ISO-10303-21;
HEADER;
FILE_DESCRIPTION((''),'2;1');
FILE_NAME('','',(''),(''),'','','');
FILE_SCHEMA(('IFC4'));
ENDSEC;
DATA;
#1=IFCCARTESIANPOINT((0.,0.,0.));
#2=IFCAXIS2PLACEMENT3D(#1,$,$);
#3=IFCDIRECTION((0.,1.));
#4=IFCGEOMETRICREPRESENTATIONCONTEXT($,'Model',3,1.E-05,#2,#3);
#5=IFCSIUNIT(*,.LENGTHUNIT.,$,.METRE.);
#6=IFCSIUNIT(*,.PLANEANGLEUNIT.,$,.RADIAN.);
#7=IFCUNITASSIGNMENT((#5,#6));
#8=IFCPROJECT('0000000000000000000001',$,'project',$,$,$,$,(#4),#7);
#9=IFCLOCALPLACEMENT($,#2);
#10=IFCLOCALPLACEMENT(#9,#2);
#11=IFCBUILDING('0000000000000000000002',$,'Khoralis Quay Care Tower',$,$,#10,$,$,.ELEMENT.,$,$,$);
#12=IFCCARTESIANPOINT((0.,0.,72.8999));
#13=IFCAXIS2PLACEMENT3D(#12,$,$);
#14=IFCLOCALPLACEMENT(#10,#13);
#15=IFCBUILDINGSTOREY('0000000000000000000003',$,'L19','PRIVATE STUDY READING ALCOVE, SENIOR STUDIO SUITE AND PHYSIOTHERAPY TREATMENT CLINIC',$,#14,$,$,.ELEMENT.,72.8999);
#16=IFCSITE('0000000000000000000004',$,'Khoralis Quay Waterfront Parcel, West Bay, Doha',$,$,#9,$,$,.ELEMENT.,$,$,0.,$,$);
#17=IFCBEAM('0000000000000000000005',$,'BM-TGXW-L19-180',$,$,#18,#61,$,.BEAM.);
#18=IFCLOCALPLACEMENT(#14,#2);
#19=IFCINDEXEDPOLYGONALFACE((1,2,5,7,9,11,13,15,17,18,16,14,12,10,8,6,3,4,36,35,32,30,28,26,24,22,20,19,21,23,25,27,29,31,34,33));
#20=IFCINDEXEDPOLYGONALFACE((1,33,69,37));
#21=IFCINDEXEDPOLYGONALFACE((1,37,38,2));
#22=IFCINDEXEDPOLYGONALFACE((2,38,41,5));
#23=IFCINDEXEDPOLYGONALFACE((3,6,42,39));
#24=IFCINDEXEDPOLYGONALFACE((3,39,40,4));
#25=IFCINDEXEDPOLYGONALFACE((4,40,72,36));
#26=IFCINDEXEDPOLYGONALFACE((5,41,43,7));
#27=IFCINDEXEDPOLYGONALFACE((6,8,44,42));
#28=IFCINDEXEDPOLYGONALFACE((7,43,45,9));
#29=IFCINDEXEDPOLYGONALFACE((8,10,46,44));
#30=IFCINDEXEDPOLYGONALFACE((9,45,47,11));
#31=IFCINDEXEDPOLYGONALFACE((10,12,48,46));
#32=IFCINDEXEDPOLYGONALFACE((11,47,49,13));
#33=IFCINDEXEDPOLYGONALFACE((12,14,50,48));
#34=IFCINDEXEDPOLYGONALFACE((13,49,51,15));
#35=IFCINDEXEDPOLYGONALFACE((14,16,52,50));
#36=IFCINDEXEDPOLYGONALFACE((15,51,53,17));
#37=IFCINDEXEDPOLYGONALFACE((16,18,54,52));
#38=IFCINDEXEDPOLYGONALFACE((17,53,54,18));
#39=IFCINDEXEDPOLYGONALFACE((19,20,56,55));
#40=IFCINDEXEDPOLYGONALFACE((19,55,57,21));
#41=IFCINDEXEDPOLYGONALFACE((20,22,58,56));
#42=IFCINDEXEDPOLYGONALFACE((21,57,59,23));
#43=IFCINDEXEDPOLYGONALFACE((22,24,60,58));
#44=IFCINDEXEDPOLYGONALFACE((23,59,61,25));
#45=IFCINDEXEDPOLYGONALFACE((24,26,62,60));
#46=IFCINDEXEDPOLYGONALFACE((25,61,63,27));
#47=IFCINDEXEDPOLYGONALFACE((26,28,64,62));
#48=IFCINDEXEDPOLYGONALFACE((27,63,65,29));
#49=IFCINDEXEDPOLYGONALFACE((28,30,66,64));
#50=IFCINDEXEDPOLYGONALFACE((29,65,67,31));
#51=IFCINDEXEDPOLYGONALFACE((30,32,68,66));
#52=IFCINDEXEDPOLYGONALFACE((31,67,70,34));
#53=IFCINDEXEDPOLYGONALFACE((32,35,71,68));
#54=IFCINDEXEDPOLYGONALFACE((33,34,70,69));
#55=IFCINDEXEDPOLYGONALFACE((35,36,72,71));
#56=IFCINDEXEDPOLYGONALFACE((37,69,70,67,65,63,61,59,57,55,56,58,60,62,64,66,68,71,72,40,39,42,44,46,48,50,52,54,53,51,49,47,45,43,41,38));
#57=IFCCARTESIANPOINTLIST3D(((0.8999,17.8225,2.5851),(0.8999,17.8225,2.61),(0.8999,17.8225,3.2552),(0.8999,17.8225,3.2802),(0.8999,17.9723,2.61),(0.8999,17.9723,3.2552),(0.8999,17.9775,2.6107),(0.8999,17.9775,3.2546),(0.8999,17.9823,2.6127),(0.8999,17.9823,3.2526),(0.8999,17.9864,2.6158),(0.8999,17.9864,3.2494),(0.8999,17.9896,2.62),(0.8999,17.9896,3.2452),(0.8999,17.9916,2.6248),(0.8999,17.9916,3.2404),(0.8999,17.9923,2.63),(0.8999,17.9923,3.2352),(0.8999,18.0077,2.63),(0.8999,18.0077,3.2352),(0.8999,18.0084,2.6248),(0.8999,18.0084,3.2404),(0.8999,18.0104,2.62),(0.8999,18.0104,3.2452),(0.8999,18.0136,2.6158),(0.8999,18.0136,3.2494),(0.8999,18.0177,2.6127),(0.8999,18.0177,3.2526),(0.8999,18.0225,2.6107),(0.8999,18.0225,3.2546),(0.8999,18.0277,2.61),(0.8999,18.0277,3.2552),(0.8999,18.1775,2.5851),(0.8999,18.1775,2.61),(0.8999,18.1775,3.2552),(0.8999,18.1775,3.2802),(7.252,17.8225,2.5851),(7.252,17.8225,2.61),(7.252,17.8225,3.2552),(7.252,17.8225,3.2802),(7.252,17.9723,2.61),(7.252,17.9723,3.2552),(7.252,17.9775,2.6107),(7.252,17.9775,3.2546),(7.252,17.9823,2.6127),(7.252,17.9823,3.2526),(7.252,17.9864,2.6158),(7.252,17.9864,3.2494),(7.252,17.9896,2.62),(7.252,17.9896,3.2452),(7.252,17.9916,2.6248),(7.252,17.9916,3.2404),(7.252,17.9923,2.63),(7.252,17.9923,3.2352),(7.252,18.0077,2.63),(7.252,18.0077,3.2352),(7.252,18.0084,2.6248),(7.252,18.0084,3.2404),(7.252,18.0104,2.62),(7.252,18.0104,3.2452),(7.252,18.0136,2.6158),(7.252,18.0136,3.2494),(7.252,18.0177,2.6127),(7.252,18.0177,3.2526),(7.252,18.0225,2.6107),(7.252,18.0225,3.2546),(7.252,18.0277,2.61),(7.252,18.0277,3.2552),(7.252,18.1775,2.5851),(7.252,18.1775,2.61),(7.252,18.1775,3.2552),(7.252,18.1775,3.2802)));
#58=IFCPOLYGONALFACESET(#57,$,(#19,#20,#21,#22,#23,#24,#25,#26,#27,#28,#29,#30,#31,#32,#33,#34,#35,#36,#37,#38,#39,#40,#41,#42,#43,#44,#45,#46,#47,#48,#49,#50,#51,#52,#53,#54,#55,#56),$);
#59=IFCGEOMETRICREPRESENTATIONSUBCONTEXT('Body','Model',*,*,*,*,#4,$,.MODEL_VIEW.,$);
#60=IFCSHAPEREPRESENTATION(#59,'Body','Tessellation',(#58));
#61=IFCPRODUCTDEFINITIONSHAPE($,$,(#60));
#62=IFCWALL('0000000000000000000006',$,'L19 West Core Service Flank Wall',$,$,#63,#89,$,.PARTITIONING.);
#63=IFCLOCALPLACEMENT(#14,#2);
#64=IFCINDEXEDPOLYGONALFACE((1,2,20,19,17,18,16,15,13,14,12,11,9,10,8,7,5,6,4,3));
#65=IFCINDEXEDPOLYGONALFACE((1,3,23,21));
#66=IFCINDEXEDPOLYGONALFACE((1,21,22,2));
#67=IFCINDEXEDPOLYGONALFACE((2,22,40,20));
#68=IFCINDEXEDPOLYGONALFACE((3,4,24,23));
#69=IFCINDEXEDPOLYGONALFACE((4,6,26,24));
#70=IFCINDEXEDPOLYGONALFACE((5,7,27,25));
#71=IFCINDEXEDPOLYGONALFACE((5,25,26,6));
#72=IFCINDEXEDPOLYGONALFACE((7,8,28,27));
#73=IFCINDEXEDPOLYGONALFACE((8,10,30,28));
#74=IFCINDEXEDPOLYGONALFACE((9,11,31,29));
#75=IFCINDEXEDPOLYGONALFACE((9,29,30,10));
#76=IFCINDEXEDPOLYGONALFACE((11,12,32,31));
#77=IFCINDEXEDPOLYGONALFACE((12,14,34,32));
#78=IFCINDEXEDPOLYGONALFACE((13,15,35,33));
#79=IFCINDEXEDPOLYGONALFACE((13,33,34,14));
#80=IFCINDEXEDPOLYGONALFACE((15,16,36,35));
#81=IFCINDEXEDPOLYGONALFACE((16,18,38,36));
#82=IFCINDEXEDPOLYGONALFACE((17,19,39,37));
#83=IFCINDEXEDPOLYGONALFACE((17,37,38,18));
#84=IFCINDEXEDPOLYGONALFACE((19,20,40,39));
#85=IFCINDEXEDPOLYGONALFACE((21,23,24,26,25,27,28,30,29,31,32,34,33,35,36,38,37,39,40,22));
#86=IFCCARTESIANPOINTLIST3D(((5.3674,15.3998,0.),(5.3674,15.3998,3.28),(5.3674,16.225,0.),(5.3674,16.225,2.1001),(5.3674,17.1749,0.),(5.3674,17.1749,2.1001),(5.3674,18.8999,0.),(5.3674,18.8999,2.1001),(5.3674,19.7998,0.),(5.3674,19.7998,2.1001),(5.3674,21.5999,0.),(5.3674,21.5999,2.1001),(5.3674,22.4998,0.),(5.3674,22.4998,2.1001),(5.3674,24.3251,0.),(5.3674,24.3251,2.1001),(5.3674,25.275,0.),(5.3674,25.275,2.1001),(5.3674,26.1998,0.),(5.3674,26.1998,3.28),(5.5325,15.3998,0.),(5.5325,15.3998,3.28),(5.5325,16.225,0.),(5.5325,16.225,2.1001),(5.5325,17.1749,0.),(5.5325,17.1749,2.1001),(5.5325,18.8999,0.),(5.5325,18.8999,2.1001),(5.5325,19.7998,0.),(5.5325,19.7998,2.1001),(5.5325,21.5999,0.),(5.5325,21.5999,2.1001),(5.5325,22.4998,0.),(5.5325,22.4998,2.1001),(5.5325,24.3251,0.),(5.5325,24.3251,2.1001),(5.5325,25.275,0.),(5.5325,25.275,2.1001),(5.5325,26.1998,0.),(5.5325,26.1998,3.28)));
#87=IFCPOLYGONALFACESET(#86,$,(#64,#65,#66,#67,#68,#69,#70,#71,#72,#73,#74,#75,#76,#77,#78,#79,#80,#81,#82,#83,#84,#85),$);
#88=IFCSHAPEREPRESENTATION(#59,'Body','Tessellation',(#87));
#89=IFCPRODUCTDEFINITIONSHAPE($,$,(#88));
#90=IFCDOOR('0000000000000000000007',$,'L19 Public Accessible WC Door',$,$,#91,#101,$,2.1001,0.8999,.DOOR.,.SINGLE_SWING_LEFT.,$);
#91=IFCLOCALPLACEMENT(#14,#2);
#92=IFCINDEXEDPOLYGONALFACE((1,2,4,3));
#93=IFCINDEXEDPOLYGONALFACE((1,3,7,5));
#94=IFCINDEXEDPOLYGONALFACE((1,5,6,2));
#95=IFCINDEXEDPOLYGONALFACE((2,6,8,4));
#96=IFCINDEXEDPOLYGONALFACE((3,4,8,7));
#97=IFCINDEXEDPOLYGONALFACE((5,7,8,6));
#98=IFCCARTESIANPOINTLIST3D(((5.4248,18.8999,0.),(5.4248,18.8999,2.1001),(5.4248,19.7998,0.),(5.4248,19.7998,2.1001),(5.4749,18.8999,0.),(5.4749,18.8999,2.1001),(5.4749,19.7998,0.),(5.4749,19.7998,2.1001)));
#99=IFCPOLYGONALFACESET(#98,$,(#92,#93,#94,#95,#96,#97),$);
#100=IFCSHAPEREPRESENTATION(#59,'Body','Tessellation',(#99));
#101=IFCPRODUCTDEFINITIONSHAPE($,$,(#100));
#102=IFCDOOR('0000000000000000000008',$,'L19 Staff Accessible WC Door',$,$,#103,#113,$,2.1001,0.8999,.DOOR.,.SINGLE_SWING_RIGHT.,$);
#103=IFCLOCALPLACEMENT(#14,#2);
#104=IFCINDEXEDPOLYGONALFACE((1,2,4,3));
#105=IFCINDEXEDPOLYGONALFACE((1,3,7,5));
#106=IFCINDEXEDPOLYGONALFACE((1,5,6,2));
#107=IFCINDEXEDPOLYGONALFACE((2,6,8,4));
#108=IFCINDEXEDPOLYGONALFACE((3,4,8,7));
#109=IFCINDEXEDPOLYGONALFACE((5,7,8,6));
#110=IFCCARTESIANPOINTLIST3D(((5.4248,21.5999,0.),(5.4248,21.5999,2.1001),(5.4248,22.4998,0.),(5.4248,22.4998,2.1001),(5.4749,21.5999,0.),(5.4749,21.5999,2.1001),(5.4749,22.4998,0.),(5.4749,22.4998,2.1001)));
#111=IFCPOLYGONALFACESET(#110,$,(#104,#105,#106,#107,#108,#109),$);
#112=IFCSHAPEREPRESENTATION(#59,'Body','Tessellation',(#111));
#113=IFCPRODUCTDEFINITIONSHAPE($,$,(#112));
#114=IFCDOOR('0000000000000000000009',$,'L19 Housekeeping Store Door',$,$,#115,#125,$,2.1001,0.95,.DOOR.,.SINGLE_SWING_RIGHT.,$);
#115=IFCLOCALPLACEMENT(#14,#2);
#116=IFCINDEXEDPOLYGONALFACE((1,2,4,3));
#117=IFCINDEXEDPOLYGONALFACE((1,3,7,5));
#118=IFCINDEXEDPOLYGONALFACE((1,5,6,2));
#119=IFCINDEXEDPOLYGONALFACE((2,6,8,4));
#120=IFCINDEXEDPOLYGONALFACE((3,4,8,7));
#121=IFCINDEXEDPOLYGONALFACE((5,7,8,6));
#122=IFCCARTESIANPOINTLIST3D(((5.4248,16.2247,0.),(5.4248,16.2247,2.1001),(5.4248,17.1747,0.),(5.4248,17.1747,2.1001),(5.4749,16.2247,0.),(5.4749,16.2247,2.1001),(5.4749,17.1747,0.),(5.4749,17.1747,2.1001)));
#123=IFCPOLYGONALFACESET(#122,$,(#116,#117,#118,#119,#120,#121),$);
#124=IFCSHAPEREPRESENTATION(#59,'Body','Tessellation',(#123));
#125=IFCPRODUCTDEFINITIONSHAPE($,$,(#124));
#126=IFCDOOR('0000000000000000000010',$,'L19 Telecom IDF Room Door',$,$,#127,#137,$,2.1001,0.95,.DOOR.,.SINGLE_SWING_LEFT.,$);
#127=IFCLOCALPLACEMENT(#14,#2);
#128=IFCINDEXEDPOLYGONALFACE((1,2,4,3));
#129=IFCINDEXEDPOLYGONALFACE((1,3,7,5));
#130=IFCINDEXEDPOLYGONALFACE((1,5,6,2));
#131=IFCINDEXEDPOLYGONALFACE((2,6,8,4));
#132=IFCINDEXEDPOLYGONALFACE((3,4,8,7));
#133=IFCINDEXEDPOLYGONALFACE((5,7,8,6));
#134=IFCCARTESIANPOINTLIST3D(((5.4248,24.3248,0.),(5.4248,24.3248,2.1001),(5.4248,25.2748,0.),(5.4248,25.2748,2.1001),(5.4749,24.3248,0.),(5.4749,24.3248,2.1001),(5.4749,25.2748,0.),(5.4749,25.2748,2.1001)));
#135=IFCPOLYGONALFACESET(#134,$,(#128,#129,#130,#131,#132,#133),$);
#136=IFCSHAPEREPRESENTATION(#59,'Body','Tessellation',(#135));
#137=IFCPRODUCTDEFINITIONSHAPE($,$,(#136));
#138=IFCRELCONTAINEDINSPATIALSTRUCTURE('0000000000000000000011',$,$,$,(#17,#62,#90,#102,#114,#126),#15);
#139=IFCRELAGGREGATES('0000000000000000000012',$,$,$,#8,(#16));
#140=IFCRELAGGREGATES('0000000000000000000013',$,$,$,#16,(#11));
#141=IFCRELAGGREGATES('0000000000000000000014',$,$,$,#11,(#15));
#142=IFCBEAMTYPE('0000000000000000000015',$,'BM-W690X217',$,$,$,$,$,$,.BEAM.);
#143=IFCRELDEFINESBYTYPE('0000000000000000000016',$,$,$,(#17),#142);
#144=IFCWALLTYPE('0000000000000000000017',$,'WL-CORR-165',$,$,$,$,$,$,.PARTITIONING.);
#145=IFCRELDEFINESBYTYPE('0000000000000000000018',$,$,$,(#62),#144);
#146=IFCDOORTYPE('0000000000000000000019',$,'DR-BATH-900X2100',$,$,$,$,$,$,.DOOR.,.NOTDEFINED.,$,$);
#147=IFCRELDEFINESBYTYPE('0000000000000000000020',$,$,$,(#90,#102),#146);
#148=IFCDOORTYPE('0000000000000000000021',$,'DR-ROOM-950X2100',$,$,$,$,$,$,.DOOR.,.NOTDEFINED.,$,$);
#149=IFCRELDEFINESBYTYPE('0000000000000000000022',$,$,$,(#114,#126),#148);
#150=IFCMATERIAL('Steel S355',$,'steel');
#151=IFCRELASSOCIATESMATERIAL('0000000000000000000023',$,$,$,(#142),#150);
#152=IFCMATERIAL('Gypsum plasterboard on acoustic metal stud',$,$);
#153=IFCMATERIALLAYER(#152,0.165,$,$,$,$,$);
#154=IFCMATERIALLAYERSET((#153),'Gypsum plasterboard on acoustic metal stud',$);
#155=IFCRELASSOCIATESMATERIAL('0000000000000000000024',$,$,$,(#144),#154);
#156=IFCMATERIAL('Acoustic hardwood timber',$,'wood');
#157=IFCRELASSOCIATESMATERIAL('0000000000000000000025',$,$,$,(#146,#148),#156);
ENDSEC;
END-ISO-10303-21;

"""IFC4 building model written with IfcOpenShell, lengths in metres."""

from ifc_helpers import new_model, si_unit, direction, frame, frame_2d, origin, origin_2d, place, context, subcontext, project, spatial, rectangle, i_section, extrude, source, transform, mapped, material, layer, layer_set, material_profile, profile_set, type_object, element, fill, save


model = new_model("IFC4")

# Units and contexts
model_context = context("Model", 3, precision=1e-05, world=origin(), true_north=direction((0.0, 1.0)))
body_context = subcontext(model_context, "Body", "Model", "MODEL_VIEW")
ifc_project = project(units=[si_unit("LENGTHUNIT", "METRE"), si_unit("PLANEANGLEUNIT", "RADIAN")], contexts=[model_context])

# Site, building, storey
site_placement = place(None, origin())
site = spatial("IfcSite", under=ifc_project, at=site_placement, Name="Khoralis Quay Waterfront Parcel, West Bay, Doha", CompositionType="ELEMENT", RefElevation=0.0)
building_placement = place(site_placement, origin())
building = spatial("IfcBuilding", under=site, at=building_placement, Name="Khoralis Quay Care Tower", CompositionType="ELEMENT")
storey_placement = place(building_placement, frame((0.0, 0.0, 72.8999)))
storey = spatial("IfcBuildingStorey", under=building, at=storey_placement, Name="L19", Description="PRIVATE STUDY READING ALCOVE, SENIOR STUDIO SUITE AND PHYSIOTHERAPY TREATMENT CLINIC", CompositionType="ELEMENT", Elevation=72.8999)

# Beam
ifc_material_1 = material(Name="Steel S355", Category="steel")
ifc_material_profile_1 = material_profile(ifc_material_1, i_section(OverallWidth=0.355, OverallDepth=0.6951, WebThickness=0.0154, FlangeThickness=0.0249, FilletRadius=0.02, at=origin_2d()), Name="Steel S355")
ifc_profile_set_1 = profile_set([ifc_material_profile_1], Name="Steel S355")
beam_type_1 = type_object("IfcBeamType", Name="BM-W690X217", PredefinedType="BEAM", material=ifc_profile_set_1)
shared_shape_1 = source(origin(), body_context, "Body", "SweptSolid", [
    extrude(i_section(OverallWidth=0.355, OverallDepth=0.6951, WebThickness=0.0154, FlangeThickness=0.0249, FilletRadius=0.02, at=origin_2d()), origin(), (0.0, 0.0, 1.0), 6.3521),
])
beam_1_placement = place(storey_placement, frame((0.8999, 18.0, 2.9326), z_axis=(1.0, 0.0, 0.0), x_axis=(0.0, 1.0, 0.0)))
element("IfcBeam", 1, at=beam_1_placement, inside=storey, type_object=beam_type_1, Name="BM-TGXW-L19-180", PredefinedType="BEAM", context=body_context, shape_type="MappedRepresentation", body=[
    mapped(shared_shape_1, transform((0.0, 0.0, 0.0), scale=1.0)),
])

# Wall, openings, doors
ifc_material_2 = material(Name="Gypsum plasterboard on acoustic metal stud")
ifc_layer_1 = layer(ifc_material_2, 0.165)
ifc_layer_set_1 = layer_set([ifc_layer_1], Name="Gypsum plasterboard on acoustic metal stud")
wall_type_1 = type_object("IfcWallType", Name="WL-CORR-165", PredefinedType="PARTITIONING", material=ifc_layer_set_1)
wall_1_placement = place(storey_placement, frame((5.45, 15.3999, 0.0), z_axis=(0.0, 0.0, 1.0), x_axis=(0.0, 1.0, 0.0)))
wall_1 = element("IfcWall", 2, at=wall_1_placement, inside=storey, type_object=wall_type_1, Name="L19 West Core Service Flank Wall", PredefinedType="PARTITIONING", context=body_context, shape_type="SweptSolid", body=[
    extrude(rectangle(XDim=10.8, YDim=0.165, at=frame_2d((5.3999, 0.0))), origin(), (0.0, 0.0, 1.0), 3.28),
])
opening_1_placement = place(wall_1_placement, frame((0.825, 0.0, 0.0)))
opening_1 = element("IfcOpeningElement", 3, at=opening_1_placement, cuts=wall_1, PredefinedType="OPENING", context=body_context, shape_type="SweptSolid", body=[
    extrude(rectangle(XDim=0.95, YDim=2.1001, at=frame_2d((0.4751, 1.05))), frame((0.0, 0.0925, 0.0), z_axis=(0.0, -1.0, 0.0), x_axis=(1.0, 0.0, 0.0)), (0.0, 0.0, 1.0), 0.1851),
])
opening_2_placement = place(wall_1_placement, frame((3.5, 0.0, 0.0)))
opening_2 = element("IfcOpeningElement", 4, at=opening_2_placement, cuts=wall_1, PredefinedType="OPENING", context=body_context, shape_type="SweptSolid", body=[
    extrude(rectangle(XDim=0.8999, YDim=2.1001, at=frame_2d((0.45, 1.05))), frame((0.0, 0.0925, 0.0), z_axis=(0.0, -1.0, 0.0), x_axis=(1.0, 0.0, 0.0)), (0.0, 0.0, 1.0), 0.1851),
])
opening_3_placement = place(wall_1_placement, frame((6.2, 0.0, 0.0)))
opening_3 = element("IfcOpeningElement", 5, at=opening_3_placement, cuts=wall_1, PredefinedType="OPENING", context=body_context, shape_type="SweptSolid", body=[
    extrude(rectangle(XDim=0.8999, YDim=2.1001, at=frame_2d((0.45, 1.05))), frame((0.0, 0.0925, 0.0), z_axis=(0.0, -1.0, 0.0), x_axis=(1.0, 0.0, 0.0)), (0.0, 0.0, 1.0), 0.1851),
])
opening_4_placement = place(wall_1_placement, frame((8.925, 0.0, 0.0)))
opening_4 = element("IfcOpeningElement", 6, at=opening_4_placement, cuts=wall_1, PredefinedType="OPENING", context=body_context, shape_type="SweptSolid", body=[
    extrude(rectangle(XDim=0.95, YDim=2.1001, at=frame_2d((0.4751, 1.05))), frame((0.0, 0.0925, 0.0), z_axis=(0.0, -1.0, 0.0), x_axis=(1.0, 0.0, 0.0)), (0.0, 0.0, 1.0), 0.1851),
])
ifc_material_3 = material(Name="Acoustic hardwood timber", Category="wood")
door_type_1 = type_object("IfcDoorType", Name="DR-BATH-900X2100", OperationType="NOTDEFINED", PredefinedType="DOOR", material=ifc_material_3)
shared_shape_2 = source(origin(), body_context, "Body", "SweptSolid", [
    extrude(rectangle(XDim=0.8999, YDim=2.1001, at=frame_2d((0.45, 1.05))), frame((0.0, 0.0249, 0.0), z_axis=(0.0, -1.0, 0.0), x_axis=(1.0, 0.0, 0.0)), (0.0, 0.0, 1.0), 0.05),
])
door_1_placement = place(opening_2_placement, frame((0.8999, 0.0, 0.0), z_axis=(0.0, 0.0, 1.0), x_axis=(-1.0, 0.0, 0.0)))
door_1 = element("IfcDoor", 7, at=door_1_placement, inside=storey, type_object=door_type_1, Name="L19 Public Accessible WC Door", OperationType="SINGLE_SWING_LEFT", OverallHeight=2.1001, OverallWidth=0.8999, PredefinedType="DOOR", context=body_context, shape_type="MappedRepresentation", body=[
    mapped(shared_shape_2, transform((0.0, 0.0, 0.0), scale=1.0)),
])
fill(opening_2, door_1)
door_2_placement = place(opening_3_placement, frame((0.8999, 0.0, 0.0), z_axis=(0.0, 0.0, 1.0), x_axis=(-1.0, 0.0, 0.0)))
door_2 = element("IfcDoor", 8, at=door_2_placement, inside=storey, type_object=door_type_1, Name="L19 Staff Accessible WC Door", OperationType="SINGLE_SWING_RIGHT", OverallHeight=2.1001, OverallWidth=0.8999, PredefinedType="DOOR", context=body_context, shape_type="MappedRepresentation", body=[
    mapped(shared_shape_2, transform((0.0, 0.0, 0.0), scale=1.0)),
])
fill(opening_3, door_2)
door_type_2 = type_object("IfcDoorType", Name="DR-ROOM-950X2100", OperationType="NOTDEFINED", PredefinedType="DOOR", material=ifc_material_3)
shared_shape_3 = source(origin(), body_context, "Body", "SweptSolid", [
    extrude(rectangle(XDim=0.95, YDim=2.1001, at=frame_2d((0.4751, 1.05))), frame((0.0, 0.0249, 0.0), z_axis=(0.0, -1.0, 0.0), x_axis=(1.0, 0.0, 0.0)), (0.0, 0.0, 1.0), 0.05),
])
door_3_placement = place(opening_1_placement, frame((0.95, 0.0, 0.0), z_axis=(0.0, 0.0, 1.0), x_axis=(-1.0, 0.0, 0.0)))
door_3 = element("IfcDoor", 9, at=door_3_placement, inside=storey, type_object=door_type_2, Name="L19 Housekeeping Store Door", OperationType="SINGLE_SWING_RIGHT", OverallHeight=2.1001, OverallWidth=0.95, PredefinedType="DOOR", context=body_context, shape_type="MappedRepresentation", body=[
    mapped(shared_shape_3, transform((0.0, 0.0, 0.0), scale=1.0)),
])
fill(opening_1, door_3)
door_4_placement = place(opening_4_placement, frame((0.95, 0.0, 0.0), z_axis=(0.0, 0.0, 1.0), x_axis=(-1.0, 0.0, 0.0)))
door_4 = element("IfcDoor", 10, at=door_4_placement, inside=storey, type_object=door_type_2, Name="L19 Telecom IDF Room Door", OperationType="SINGLE_SWING_LEFT", OverallHeight=2.1001, OverallWidth=0.95, PredefinedType="DOOR", context=body_context, shape_type="MappedRepresentation", body=[
    mapped(shared_shape_3, transform((0.0, 0.0, 0.0), scale=1.0)),
])
fill(opening_4, door_4)

save(model, "model.ifc")
